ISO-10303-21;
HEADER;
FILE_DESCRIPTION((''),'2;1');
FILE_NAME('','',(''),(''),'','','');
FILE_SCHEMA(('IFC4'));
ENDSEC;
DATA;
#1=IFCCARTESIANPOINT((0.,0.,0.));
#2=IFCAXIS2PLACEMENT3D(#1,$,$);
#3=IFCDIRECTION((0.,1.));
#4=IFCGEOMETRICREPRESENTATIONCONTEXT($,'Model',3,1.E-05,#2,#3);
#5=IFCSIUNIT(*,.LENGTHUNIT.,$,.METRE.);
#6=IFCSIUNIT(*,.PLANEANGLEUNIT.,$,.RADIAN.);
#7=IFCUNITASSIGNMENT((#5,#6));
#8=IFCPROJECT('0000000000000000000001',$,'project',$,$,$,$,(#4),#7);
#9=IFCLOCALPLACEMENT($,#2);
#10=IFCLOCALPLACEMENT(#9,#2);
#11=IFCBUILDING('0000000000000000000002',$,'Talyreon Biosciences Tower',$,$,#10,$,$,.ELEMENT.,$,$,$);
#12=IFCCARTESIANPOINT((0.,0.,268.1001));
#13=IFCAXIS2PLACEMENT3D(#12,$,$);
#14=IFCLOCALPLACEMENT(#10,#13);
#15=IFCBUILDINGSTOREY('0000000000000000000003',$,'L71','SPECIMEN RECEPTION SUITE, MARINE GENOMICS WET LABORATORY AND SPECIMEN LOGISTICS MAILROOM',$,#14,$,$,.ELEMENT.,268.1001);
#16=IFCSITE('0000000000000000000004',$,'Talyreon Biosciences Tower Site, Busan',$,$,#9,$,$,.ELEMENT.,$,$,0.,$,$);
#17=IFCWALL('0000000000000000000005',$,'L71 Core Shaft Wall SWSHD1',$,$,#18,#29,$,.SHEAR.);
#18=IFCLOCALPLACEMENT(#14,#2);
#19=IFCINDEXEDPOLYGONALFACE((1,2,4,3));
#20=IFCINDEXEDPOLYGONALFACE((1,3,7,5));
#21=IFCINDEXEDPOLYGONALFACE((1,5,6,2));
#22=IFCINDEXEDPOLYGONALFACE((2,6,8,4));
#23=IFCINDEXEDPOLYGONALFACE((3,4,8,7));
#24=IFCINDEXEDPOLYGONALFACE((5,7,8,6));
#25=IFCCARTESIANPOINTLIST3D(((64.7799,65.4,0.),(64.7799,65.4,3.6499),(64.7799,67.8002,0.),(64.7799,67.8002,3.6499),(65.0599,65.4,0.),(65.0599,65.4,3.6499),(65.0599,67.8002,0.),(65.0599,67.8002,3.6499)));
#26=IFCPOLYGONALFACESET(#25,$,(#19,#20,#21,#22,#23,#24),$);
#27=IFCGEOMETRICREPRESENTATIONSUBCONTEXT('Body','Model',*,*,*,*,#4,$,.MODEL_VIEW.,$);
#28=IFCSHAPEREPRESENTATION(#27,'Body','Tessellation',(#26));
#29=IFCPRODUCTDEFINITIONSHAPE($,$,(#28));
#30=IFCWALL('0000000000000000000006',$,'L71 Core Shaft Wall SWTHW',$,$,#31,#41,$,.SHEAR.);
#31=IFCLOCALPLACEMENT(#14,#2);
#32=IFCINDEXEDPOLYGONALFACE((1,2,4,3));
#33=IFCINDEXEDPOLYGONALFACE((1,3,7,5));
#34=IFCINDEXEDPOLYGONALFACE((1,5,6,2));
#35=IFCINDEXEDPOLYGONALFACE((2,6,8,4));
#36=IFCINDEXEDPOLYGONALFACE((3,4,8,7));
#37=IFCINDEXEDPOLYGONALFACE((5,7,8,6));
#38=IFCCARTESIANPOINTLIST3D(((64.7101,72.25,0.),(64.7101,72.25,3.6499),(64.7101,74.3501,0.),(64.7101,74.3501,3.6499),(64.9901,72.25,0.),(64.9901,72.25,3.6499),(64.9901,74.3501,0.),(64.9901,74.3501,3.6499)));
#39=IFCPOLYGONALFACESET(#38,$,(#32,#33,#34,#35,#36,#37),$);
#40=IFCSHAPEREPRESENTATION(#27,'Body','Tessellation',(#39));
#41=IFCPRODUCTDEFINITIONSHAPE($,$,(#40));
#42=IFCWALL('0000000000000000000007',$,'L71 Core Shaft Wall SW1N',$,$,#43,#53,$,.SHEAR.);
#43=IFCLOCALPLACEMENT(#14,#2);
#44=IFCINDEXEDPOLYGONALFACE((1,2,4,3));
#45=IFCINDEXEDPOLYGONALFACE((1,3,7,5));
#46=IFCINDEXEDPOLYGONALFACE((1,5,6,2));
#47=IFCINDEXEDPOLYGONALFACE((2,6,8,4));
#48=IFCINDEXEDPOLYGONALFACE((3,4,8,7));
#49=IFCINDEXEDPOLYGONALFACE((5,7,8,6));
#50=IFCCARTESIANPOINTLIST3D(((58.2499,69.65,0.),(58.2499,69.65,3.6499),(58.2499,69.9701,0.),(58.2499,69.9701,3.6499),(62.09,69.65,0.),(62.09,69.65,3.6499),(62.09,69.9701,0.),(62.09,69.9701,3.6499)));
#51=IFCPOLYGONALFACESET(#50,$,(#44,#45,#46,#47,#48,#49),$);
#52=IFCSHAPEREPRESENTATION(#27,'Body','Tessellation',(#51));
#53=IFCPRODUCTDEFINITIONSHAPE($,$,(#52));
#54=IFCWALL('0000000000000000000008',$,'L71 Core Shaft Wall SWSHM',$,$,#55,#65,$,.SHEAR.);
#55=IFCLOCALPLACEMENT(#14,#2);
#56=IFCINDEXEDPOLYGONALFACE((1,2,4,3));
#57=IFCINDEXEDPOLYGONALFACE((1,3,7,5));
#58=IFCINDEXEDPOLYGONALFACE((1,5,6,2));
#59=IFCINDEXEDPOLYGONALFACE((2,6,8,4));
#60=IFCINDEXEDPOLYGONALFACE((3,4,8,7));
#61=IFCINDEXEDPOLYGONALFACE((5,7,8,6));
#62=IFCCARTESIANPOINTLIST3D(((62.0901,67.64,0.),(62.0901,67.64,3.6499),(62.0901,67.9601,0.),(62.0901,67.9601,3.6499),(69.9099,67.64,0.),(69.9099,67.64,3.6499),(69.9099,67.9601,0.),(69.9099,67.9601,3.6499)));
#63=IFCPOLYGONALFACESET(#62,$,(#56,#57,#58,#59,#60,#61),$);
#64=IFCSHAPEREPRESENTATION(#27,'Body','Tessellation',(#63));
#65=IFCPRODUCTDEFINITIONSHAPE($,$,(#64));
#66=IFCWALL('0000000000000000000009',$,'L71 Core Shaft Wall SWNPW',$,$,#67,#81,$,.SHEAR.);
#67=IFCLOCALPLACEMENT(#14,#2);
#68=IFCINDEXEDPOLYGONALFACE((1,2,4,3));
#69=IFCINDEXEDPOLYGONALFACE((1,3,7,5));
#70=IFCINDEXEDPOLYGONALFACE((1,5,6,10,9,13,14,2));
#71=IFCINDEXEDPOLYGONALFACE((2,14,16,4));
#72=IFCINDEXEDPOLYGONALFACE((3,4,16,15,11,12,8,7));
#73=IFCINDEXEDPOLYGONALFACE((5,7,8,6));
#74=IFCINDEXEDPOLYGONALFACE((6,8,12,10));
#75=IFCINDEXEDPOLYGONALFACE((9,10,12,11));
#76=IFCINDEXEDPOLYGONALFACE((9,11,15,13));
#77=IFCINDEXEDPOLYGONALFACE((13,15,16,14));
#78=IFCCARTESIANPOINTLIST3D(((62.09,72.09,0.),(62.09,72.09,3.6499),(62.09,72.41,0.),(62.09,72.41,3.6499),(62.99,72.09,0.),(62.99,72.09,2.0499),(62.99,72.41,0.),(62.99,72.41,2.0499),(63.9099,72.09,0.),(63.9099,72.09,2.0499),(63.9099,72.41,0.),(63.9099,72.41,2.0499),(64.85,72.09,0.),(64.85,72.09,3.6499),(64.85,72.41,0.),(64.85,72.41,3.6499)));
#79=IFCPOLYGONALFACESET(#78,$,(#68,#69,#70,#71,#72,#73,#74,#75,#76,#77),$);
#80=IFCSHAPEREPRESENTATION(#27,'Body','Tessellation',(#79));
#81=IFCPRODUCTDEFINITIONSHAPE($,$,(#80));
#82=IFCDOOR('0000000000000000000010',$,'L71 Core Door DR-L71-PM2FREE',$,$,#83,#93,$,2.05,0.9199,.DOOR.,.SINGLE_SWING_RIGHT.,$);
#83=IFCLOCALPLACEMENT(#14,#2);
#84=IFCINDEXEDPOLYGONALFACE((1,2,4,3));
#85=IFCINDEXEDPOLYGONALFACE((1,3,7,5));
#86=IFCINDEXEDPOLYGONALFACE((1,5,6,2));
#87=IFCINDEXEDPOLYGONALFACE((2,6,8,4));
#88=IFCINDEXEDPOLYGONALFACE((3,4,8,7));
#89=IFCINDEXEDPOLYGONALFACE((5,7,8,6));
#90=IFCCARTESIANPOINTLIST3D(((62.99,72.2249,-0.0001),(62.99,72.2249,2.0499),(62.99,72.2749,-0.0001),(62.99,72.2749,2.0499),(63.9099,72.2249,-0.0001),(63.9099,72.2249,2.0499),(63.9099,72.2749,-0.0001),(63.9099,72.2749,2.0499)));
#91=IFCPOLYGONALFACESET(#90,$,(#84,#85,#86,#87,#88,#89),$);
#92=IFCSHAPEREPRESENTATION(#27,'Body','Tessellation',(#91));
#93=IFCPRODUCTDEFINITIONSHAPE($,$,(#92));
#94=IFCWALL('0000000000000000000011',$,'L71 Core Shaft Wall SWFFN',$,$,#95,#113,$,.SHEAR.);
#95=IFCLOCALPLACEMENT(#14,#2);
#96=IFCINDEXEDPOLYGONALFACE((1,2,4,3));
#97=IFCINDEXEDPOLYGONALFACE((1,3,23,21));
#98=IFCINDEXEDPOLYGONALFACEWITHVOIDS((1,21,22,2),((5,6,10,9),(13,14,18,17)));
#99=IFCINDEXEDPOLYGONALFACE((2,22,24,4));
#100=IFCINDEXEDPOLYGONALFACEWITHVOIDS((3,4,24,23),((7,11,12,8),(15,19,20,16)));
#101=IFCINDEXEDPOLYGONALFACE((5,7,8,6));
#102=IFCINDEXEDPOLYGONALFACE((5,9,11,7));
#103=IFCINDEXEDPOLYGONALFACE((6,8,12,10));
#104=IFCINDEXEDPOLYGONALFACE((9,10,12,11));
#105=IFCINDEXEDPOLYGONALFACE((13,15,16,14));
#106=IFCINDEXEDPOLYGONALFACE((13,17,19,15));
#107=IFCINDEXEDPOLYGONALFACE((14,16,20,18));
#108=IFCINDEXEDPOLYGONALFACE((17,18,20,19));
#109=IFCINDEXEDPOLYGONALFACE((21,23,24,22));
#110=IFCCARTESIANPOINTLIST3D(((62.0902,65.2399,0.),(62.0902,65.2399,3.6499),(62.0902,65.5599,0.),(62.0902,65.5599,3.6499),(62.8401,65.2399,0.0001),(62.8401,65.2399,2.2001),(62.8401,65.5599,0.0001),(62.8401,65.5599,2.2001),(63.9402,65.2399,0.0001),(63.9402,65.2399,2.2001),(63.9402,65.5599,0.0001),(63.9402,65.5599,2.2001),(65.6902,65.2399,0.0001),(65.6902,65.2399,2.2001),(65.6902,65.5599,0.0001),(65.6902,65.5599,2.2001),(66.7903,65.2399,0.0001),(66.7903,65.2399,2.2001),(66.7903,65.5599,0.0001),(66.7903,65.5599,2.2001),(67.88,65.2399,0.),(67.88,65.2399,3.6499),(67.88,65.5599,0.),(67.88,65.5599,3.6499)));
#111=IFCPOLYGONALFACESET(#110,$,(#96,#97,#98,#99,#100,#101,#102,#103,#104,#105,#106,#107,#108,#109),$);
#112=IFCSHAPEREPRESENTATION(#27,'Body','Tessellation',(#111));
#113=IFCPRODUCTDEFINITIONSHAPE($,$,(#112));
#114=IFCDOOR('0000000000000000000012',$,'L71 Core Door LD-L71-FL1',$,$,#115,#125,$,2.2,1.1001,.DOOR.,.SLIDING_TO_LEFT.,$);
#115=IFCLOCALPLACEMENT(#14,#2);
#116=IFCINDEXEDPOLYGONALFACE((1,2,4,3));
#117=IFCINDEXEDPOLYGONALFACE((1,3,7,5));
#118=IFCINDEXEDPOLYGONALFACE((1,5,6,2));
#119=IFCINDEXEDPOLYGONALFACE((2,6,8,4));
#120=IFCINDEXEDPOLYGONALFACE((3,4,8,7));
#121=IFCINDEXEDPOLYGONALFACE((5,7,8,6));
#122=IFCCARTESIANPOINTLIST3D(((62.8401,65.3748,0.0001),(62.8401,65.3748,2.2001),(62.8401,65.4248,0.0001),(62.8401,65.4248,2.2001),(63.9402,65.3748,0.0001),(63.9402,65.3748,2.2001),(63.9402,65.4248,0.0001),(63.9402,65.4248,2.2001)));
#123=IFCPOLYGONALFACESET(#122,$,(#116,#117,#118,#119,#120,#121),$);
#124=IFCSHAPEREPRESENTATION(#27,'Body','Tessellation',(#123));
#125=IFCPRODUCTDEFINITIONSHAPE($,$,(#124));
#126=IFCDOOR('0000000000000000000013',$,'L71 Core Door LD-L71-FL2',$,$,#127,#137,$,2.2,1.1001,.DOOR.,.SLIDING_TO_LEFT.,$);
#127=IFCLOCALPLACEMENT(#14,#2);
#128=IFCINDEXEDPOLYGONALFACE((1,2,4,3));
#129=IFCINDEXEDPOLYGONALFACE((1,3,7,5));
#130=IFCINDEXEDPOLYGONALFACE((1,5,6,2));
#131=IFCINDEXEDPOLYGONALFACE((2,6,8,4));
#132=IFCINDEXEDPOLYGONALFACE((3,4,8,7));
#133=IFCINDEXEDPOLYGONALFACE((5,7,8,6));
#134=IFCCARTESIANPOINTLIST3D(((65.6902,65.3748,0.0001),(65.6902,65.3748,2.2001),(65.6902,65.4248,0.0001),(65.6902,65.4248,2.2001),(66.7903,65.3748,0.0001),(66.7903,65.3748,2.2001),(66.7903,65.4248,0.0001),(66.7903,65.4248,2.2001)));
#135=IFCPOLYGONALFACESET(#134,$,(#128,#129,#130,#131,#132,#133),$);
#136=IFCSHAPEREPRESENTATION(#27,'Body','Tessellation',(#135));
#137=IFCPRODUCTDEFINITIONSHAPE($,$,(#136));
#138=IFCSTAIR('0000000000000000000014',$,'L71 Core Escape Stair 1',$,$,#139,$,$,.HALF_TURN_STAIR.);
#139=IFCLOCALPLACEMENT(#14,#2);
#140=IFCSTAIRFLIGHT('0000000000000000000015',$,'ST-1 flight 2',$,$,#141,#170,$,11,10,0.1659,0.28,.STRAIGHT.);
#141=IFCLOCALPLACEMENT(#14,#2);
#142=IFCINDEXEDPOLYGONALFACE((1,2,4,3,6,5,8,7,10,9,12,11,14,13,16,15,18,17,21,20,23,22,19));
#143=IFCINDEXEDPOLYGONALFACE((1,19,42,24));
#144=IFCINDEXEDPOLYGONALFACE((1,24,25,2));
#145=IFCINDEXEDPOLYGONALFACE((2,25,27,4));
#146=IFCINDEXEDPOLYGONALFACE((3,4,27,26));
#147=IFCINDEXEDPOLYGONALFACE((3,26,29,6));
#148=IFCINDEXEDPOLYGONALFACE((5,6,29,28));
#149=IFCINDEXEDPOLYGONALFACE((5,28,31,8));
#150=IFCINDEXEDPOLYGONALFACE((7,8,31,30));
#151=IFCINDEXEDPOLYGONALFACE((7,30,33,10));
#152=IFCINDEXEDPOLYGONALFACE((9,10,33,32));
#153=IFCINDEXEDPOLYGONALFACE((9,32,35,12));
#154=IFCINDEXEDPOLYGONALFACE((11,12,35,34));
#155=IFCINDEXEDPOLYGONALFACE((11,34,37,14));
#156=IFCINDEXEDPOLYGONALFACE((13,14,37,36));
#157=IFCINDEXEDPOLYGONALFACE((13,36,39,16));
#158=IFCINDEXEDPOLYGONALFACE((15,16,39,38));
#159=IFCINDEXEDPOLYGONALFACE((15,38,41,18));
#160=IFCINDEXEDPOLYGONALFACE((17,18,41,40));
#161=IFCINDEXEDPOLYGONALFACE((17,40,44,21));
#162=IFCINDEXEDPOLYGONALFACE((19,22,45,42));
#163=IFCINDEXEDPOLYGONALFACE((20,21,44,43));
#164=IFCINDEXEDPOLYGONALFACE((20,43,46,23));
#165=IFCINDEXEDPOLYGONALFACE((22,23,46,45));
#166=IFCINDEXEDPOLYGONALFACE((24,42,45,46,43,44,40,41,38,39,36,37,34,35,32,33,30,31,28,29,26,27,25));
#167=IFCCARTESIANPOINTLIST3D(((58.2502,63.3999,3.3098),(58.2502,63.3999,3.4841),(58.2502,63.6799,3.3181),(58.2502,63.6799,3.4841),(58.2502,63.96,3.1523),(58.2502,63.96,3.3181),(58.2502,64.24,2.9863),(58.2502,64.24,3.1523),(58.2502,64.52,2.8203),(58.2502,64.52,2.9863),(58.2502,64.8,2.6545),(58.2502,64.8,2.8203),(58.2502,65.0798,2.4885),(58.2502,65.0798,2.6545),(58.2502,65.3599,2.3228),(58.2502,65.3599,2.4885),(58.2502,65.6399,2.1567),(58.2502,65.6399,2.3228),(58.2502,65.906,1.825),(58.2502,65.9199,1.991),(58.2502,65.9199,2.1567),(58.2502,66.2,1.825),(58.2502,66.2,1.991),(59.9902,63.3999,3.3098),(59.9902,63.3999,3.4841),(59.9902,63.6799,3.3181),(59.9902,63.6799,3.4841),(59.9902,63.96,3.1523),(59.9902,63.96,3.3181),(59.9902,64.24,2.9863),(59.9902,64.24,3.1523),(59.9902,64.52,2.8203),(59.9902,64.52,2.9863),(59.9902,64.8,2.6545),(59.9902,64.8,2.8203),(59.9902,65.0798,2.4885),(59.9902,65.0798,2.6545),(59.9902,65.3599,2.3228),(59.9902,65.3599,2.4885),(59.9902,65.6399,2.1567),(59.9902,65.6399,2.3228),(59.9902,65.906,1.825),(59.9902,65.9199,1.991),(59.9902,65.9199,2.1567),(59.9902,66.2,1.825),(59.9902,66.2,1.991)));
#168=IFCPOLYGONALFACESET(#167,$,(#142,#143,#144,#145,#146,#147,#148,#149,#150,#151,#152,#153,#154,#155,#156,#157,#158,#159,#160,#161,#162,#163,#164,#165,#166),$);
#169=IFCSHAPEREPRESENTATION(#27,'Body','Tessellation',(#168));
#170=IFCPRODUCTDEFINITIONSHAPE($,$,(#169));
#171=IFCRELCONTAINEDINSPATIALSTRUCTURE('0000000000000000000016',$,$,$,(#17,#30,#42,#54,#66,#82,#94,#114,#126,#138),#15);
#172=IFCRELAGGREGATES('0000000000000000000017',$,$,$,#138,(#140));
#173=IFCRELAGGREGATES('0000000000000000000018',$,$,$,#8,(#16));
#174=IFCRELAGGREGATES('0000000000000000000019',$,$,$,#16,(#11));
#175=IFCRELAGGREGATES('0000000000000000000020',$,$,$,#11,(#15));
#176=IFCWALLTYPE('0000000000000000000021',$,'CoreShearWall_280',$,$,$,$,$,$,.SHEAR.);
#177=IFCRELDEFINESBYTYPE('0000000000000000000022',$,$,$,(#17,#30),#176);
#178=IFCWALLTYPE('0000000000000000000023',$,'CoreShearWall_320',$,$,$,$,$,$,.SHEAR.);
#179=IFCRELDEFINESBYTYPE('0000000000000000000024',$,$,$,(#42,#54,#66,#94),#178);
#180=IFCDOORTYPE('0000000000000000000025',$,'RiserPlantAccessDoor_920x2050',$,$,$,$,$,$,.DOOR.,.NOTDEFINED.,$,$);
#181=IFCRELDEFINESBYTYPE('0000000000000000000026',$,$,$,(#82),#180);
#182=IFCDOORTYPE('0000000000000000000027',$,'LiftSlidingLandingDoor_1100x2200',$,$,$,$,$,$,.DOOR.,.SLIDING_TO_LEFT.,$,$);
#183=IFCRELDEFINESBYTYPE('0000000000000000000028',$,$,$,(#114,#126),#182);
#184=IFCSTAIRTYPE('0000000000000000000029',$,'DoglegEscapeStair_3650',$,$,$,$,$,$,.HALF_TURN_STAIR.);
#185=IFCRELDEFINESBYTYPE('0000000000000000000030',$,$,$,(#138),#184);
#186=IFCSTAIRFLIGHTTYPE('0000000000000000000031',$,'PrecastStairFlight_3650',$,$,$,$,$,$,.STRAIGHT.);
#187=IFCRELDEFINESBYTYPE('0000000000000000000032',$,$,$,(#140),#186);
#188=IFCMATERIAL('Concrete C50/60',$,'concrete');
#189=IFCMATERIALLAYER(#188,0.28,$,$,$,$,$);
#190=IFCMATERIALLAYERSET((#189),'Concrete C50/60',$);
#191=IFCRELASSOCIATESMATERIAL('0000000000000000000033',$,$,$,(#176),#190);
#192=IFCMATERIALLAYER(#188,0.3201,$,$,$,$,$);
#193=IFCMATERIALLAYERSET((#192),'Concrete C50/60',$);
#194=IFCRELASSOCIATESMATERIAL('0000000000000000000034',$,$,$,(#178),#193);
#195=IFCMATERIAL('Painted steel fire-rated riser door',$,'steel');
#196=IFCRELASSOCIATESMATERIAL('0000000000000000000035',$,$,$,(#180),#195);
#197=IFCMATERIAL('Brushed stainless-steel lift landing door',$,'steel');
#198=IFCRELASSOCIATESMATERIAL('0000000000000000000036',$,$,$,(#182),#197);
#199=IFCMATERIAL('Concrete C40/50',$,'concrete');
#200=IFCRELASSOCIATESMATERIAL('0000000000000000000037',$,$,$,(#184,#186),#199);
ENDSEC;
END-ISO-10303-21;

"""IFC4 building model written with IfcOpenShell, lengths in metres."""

from ifc_helpers import new_model, si_unit, direction, frame, frame_2d, origin, place, context, subcontext, project, spatial, polyline, rectangle, outline, extrude, material, layer, layer_set, type_object, element, fill, aggregate, save


model = new_model("IFC4")

# Units and contexts
model_context = context("Model", 3, precision=1e-05, world=origin(), true_north=direction((0.0, 1.0)))
body_context = subcontext(model_context, "Body", "Model", "MODEL_VIEW")
ifc_project = project(units=[si_unit("LENGTHUNIT", "METRE"), si_unit("PLANEANGLEUNIT", "RADIAN")], contexts=[model_context])

# Site, building, storey
site_placement = place(None, origin())
site = spatial("IfcSite", under=ifc_project, at=site_placement, Name="Talyreon Biosciences Tower Site, Busan", CompositionType="ELEMENT", RefElevation=0.0)
building_placement = place(site_placement, origin())
building = spatial("IfcBuilding", under=site, at=building_placement, Name="Talyreon Biosciences Tower", CompositionType="ELEMENT")
storey_placement = place(building_placement, frame((0.0, 0.0, 268.1001)))
storey = spatial("IfcBuildingStorey", under=building, at=storey_placement, Name="L71", Description="SPECIMEN RECEPTION SUITE, MARINE GENOMICS WET LABORATORY AND SPECIMEN LOGISTICS MAILROOM", CompositionType="ELEMENT", Elevation=268.1001)

# Walls
ifc_material_1 = material(Name="Concrete C50/60", Category="concrete")
ifc_layer_1 = layer(ifc_material_1, 0.28)
ifc_layer_set_1 = layer_set([ifc_layer_1], Name="Concrete C50/60")
wall_type_1 = type_object("IfcWallType", Name="CoreShearWall_280", PredefinedType="SHEAR", material=ifc_layer_set_1)
wall_1_placement = place(storey_placement, frame((64.9199, 65.3999, 0.0), z_axis=(0.0, 0.0, 1.0), x_axis=(0.0, 1.0, 0.0)))
element("IfcWall", 1, at=wall_1_placement, inside=storey, type_object=wall_type_1, Name="L71 Core Shaft Wall SWSHD1", PredefinedType="SHEAR", context=body_context, shape_type="SweptSolid", body=[
    extrude(rectangle(XDim=2.4001, YDim=0.28, at=frame_2d((1.2002, 0.0))), origin(), (0.0, 0.0, 1.0), 3.6499),
])
wall_2_placement = place(storey_placement, frame((64.8501, 72.25, 0.0), z_axis=(0.0, 0.0, 1.0), x_axis=(0.0, 1.0, 0.0)))
element("IfcWall", 2, at=wall_2_placement, inside=storey, type_object=wall_type_1, Name="L71 Core Shaft Wall SWTHW", PredefinedType="SHEAR", context=body_context, shape_type="SweptSolid", body=[
    extrude(rectangle(XDim=2.1001, YDim=0.28, at=frame_2d((1.05, 0.0))), origin(), (0.0, 0.0, 1.0), 3.6499),
])
ifc_layer_2 = layer(ifc_material_1, 0.3201)
ifc_layer_set_2 = layer_set([ifc_layer_2], Name="Concrete C50/60")
wall_type_2 = type_object("IfcWallType", Name="CoreShearWall_320", PredefinedType="SHEAR", material=ifc_layer_set_2)
wall_3_placement = place(storey_placement, frame((58.25, 69.8101, 0.0), z_axis=(0.0, 0.0, 1.0), x_axis=(1.0, 0.0, 0.0)))
element("IfcWall", 3, at=wall_3_placement, inside=storey, type_object=wall_type_2, Name="L71 Core Shaft Wall SW1N", PredefinedType="SHEAR", context=body_context, shape_type="SweptSolid", body=[
    extrude(rectangle(XDim=3.8401, YDim=0.3201, at=frame_2d((1.9199, 0.0))), origin(), (0.0, 0.0, 1.0), 3.6499),
])
wall_4_placement = place(storey_placement, frame((62.0901, 67.8, 0.0), z_axis=(0.0, 0.0, 1.0), x_axis=(1.0, 0.0, 0.0)))
element("IfcWall", 4, at=wall_4_placement, inside=storey, type_object=wall_type_2, Name="L71 Core Shaft Wall SWSHM", PredefinedType="SHEAR", context=body_context, shape_type="SweptSolid", body=[
    extrude(rectangle(XDim=7.8198, YDim=0.3201, at=frame_2d((3.9099, 0.0))), origin(), (0.0, 0.0, 1.0), 3.6499),
])

# Wall, opening, door
wall_5_placement = place(storey_placement, frame((62.0901, 72.25, 0.0), z_axis=(0.0, 0.0, 1.0), x_axis=(1.0, 0.0, 0.0)))
wall_5 = element("IfcWall", 5, at=wall_5_placement, inside=storey, type_object=wall_type_2, Name="L71 Core Shaft Wall SWNPW", PredefinedType="SHEAR", context=body_context, shape_type="SweptSolid", body=[
    extrude(rectangle(XDim=2.76, YDim=0.3201, at=frame_2d((1.3799, 0.0))), origin(), (0.0, 0.0, 1.0), 3.6499),
])
opening_1_placement = place(wall_5_placement, frame((0.8999, 0.0, 0.0)))
opening_1 = element("IfcOpeningElement", 6, at=opening_1_placement, cuts=wall_5, PredefinedType="OPENING", context=body_context, shape_type="SweptSolid", body=[
    extrude(rectangle(XDim=0.9199, YDim=2.05, at=frame_2d((0.46, 1.0249))), frame((0.0, 0.1699, 0.0), z_axis=(0.0, -1.0, 0.0), x_axis=(1.0, 0.0, 0.0)), (0.0, 0.0, 1.0), 0.3401),
])
ifc_material_2 = material(Name="Painted steel fire-rated riser door", Category="steel")
door_type_1 = type_object("IfcDoorType", Name="RiserPlantAccessDoor_920x2050", OperationType="NOTDEFINED", PredefinedType="DOOR", material=ifc_material_2)
door_1_placement = place(opening_1_placement, origin())
door_1 = element("IfcDoor", 7, at=door_1_placement, inside=storey, type_object=door_type_1, Name="L71 Core Door DR-L71-PM2FREE", OperationType="SINGLE_SWING_RIGHT", OverallHeight=2.05, OverallWidth=0.9199, PredefinedType="DOOR", context=body_context, shape_type="SweptSolid", body=[
    extrude(rectangle(XDim=0.9199, YDim=2.05, at=frame_2d((0.46, 1.0249))), frame((0.0, 0.0249, 0.0), z_axis=(0.0, -1.0, 0.0), x_axis=(1.0, 0.0, 0.0)), (0.0, 0.0, 1.0), 0.05),
])
fill(opening_1, door_1)

# Wall, openings, doors
wall_6_placement = place(storey_placement, frame((62.0901, 65.3999, 0.0), z_axis=(0.0, 0.0, 1.0), x_axis=(1.0, 0.0, 0.0)))
wall_6 = element("IfcWall", 8, at=wall_6_placement, inside=storey, type_object=wall_type_2, Name="L71 Core Shaft Wall SWFFN", PredefinedType="SHEAR", context=body_context, shape_type="SweptSolid", body=[
    extrude(rectangle(XDim=5.7898, YDim=0.3201, at=frame_2d((2.895, 0.0))), origin(), (0.0, 0.0, 1.0), 3.6499),
])
opening_2_placement = place(wall_6_placement, frame((0.75, 0.0, 0.0)))
opening_2 = element("IfcOpeningElement", 9, at=opening_2_placement, cuts=wall_6, PredefinedType="OPENING", context=body_context, shape_type="SweptSolid", body=[
    extrude(rectangle(XDim=1.1001, YDim=2.2, at=frame_2d((0.55, 1.1001))), frame((0.0, 0.1699, 0.0), z_axis=(0.0, -1.0, 0.0), x_axis=(1.0, 0.0, 0.0)), (0.0, 0.0, 1.0), 0.3401),
])
opening_3_placement = place(wall_6_placement, frame((3.6001, 0.0, 0.0)))
opening_3 = element("IfcOpeningElement", 10, at=opening_3_placement, cuts=wall_6, PredefinedType="OPENING", context=body_context, shape_type="SweptSolid", body=[
    extrude(rectangle(XDim=1.1001, YDim=2.2, at=frame_2d((0.55, 1.1001))), frame((0.0, 0.1699, 0.0), z_axis=(0.0, -1.0, 0.0), x_axis=(1.0, 0.0, 0.0)), (0.0, 0.0, 1.0), 0.3401),
])
ifc_material_3 = material(Name="Brushed stainless-steel lift landing door", Category="steel")
door_type_2 = type_object("IfcDoorType", Name="LiftSlidingLandingDoor_1100x2200", OperationType="SLIDING_TO_LEFT", PredefinedType="DOOR", material=ifc_material_3)
door_2_placement = place(opening_2_placement, origin())
door_2 = element("IfcDoor", 11, at=door_2_placement, inside=storey, type_object=door_type_2, Name="L71 Core Door LD-L71-FL1", OperationType="SLIDING_TO_LEFT", OverallHeight=2.2, OverallWidth=1.1001, PredefinedType="DOOR", context=body_context, shape_type="SweptSolid", body=[
    extrude(rectangle(XDim=1.1001, YDim=2.2, at=frame_2d((0.55, 1.1001))), frame((0.0, 0.0249, 0.0), z_axis=(0.0, -1.0, 0.0), x_axis=(1.0, 0.0, 0.0)), (0.0, 0.0, 1.0), 0.05),
])
fill(opening_2, door_2)
door_3_placement = place(opening_3_placement, origin())
door_3 = element("IfcDoor", 12, at=door_3_placement, inside=storey, type_object=door_type_2, Name="L71 Core Door LD-L71-FL2", OperationType="SLIDING_TO_LEFT", OverallHeight=2.2, OverallWidth=1.1001, PredefinedType="DOOR", context=body_context, shape_type="SweptSolid", body=[
    extrude(rectangle(XDim=1.1001, YDim=2.2, at=frame_2d((0.55, 1.1001))), frame((0.0, 0.0249, 0.0), z_axis=(0.0, -1.0, 0.0), x_axis=(1.0, 0.0, 0.0)), (0.0, 0.0, 1.0), 0.05),
])
fill(opening_3, door_3)

# Stair, stair flight
ifc_material_4 = material(Name="Concrete C40/50", Category="concrete")
stair_type = type_object("IfcStairType", Name="DoglegEscapeStair_3650", PredefinedType="HALF_TURN_STAIR", material=ifc_material_4)
stair_placement = place(storey_placement, origin())
stair = element("IfcStair", 13, at=stair_placement, inside=storey, type_object=stair_type, Name="L71 Core Escape Stair 1", PredefinedType="HALF_TURN_STAIR")
stair_flight_type = type_object("IfcStairFlightType", Name="PrecastStairFlight_3650", PredefinedType="STRAIGHT", material=ifc_material_4)
stair_flight_placement = place(storey_placement, frame((59.1201, 66.2, 1.825), z_axis=(0.0, 0.0, 1.0), x_axis=(0.0, -1.0, 0.0)))
stair_flight = element("IfcStairFlight", 14, at=stair_flight_placement, type_object=stair_flight_type, Name="ST-1 flight 2", NumberOfRisers=11, NumberOfTreads=10, PredefinedType="STRAIGHT", RiserHeight=0.1659, TreadLength=0.28, context=body_context, shape_type="SweptSolid", body=[
    extrude(outline(polyline([(0.0, 0.0), (0.0, 0.166), (0.28, 0.166), (0.28, 0.3318), (0.5601, 0.3318), (0.5601, 0.4978), (0.8401, 0.4978), (0.8401, 0.6636), (1.1201, 0.6636), (1.1201, 0.8296), (1.3999, 0.8296), (1.3999, 0.9954), (1.6799, 0.9954), (1.6799, 1.1614), (1.96, 1.1614), (1.96, 1.3274), (2.24, 1.3274), (2.24, 1.4932), (2.52, 1.4932), (2.52, 1.6592), (2.8, 1.6592), (2.8, 1.825), (2.8, 1.4849), (0.2939, 0.0), (0.0, 0.0)])), frame((0.0, 0.8701, 0.0), z_axis=(0.0, -1.0, 0.0), x_axis=(1.0, 0.0, 0.0)), (0.0, 0.0, 1.0), 1.74),
])
aggregate(stair, [stair_flight])

save(model, "model.ifc")
